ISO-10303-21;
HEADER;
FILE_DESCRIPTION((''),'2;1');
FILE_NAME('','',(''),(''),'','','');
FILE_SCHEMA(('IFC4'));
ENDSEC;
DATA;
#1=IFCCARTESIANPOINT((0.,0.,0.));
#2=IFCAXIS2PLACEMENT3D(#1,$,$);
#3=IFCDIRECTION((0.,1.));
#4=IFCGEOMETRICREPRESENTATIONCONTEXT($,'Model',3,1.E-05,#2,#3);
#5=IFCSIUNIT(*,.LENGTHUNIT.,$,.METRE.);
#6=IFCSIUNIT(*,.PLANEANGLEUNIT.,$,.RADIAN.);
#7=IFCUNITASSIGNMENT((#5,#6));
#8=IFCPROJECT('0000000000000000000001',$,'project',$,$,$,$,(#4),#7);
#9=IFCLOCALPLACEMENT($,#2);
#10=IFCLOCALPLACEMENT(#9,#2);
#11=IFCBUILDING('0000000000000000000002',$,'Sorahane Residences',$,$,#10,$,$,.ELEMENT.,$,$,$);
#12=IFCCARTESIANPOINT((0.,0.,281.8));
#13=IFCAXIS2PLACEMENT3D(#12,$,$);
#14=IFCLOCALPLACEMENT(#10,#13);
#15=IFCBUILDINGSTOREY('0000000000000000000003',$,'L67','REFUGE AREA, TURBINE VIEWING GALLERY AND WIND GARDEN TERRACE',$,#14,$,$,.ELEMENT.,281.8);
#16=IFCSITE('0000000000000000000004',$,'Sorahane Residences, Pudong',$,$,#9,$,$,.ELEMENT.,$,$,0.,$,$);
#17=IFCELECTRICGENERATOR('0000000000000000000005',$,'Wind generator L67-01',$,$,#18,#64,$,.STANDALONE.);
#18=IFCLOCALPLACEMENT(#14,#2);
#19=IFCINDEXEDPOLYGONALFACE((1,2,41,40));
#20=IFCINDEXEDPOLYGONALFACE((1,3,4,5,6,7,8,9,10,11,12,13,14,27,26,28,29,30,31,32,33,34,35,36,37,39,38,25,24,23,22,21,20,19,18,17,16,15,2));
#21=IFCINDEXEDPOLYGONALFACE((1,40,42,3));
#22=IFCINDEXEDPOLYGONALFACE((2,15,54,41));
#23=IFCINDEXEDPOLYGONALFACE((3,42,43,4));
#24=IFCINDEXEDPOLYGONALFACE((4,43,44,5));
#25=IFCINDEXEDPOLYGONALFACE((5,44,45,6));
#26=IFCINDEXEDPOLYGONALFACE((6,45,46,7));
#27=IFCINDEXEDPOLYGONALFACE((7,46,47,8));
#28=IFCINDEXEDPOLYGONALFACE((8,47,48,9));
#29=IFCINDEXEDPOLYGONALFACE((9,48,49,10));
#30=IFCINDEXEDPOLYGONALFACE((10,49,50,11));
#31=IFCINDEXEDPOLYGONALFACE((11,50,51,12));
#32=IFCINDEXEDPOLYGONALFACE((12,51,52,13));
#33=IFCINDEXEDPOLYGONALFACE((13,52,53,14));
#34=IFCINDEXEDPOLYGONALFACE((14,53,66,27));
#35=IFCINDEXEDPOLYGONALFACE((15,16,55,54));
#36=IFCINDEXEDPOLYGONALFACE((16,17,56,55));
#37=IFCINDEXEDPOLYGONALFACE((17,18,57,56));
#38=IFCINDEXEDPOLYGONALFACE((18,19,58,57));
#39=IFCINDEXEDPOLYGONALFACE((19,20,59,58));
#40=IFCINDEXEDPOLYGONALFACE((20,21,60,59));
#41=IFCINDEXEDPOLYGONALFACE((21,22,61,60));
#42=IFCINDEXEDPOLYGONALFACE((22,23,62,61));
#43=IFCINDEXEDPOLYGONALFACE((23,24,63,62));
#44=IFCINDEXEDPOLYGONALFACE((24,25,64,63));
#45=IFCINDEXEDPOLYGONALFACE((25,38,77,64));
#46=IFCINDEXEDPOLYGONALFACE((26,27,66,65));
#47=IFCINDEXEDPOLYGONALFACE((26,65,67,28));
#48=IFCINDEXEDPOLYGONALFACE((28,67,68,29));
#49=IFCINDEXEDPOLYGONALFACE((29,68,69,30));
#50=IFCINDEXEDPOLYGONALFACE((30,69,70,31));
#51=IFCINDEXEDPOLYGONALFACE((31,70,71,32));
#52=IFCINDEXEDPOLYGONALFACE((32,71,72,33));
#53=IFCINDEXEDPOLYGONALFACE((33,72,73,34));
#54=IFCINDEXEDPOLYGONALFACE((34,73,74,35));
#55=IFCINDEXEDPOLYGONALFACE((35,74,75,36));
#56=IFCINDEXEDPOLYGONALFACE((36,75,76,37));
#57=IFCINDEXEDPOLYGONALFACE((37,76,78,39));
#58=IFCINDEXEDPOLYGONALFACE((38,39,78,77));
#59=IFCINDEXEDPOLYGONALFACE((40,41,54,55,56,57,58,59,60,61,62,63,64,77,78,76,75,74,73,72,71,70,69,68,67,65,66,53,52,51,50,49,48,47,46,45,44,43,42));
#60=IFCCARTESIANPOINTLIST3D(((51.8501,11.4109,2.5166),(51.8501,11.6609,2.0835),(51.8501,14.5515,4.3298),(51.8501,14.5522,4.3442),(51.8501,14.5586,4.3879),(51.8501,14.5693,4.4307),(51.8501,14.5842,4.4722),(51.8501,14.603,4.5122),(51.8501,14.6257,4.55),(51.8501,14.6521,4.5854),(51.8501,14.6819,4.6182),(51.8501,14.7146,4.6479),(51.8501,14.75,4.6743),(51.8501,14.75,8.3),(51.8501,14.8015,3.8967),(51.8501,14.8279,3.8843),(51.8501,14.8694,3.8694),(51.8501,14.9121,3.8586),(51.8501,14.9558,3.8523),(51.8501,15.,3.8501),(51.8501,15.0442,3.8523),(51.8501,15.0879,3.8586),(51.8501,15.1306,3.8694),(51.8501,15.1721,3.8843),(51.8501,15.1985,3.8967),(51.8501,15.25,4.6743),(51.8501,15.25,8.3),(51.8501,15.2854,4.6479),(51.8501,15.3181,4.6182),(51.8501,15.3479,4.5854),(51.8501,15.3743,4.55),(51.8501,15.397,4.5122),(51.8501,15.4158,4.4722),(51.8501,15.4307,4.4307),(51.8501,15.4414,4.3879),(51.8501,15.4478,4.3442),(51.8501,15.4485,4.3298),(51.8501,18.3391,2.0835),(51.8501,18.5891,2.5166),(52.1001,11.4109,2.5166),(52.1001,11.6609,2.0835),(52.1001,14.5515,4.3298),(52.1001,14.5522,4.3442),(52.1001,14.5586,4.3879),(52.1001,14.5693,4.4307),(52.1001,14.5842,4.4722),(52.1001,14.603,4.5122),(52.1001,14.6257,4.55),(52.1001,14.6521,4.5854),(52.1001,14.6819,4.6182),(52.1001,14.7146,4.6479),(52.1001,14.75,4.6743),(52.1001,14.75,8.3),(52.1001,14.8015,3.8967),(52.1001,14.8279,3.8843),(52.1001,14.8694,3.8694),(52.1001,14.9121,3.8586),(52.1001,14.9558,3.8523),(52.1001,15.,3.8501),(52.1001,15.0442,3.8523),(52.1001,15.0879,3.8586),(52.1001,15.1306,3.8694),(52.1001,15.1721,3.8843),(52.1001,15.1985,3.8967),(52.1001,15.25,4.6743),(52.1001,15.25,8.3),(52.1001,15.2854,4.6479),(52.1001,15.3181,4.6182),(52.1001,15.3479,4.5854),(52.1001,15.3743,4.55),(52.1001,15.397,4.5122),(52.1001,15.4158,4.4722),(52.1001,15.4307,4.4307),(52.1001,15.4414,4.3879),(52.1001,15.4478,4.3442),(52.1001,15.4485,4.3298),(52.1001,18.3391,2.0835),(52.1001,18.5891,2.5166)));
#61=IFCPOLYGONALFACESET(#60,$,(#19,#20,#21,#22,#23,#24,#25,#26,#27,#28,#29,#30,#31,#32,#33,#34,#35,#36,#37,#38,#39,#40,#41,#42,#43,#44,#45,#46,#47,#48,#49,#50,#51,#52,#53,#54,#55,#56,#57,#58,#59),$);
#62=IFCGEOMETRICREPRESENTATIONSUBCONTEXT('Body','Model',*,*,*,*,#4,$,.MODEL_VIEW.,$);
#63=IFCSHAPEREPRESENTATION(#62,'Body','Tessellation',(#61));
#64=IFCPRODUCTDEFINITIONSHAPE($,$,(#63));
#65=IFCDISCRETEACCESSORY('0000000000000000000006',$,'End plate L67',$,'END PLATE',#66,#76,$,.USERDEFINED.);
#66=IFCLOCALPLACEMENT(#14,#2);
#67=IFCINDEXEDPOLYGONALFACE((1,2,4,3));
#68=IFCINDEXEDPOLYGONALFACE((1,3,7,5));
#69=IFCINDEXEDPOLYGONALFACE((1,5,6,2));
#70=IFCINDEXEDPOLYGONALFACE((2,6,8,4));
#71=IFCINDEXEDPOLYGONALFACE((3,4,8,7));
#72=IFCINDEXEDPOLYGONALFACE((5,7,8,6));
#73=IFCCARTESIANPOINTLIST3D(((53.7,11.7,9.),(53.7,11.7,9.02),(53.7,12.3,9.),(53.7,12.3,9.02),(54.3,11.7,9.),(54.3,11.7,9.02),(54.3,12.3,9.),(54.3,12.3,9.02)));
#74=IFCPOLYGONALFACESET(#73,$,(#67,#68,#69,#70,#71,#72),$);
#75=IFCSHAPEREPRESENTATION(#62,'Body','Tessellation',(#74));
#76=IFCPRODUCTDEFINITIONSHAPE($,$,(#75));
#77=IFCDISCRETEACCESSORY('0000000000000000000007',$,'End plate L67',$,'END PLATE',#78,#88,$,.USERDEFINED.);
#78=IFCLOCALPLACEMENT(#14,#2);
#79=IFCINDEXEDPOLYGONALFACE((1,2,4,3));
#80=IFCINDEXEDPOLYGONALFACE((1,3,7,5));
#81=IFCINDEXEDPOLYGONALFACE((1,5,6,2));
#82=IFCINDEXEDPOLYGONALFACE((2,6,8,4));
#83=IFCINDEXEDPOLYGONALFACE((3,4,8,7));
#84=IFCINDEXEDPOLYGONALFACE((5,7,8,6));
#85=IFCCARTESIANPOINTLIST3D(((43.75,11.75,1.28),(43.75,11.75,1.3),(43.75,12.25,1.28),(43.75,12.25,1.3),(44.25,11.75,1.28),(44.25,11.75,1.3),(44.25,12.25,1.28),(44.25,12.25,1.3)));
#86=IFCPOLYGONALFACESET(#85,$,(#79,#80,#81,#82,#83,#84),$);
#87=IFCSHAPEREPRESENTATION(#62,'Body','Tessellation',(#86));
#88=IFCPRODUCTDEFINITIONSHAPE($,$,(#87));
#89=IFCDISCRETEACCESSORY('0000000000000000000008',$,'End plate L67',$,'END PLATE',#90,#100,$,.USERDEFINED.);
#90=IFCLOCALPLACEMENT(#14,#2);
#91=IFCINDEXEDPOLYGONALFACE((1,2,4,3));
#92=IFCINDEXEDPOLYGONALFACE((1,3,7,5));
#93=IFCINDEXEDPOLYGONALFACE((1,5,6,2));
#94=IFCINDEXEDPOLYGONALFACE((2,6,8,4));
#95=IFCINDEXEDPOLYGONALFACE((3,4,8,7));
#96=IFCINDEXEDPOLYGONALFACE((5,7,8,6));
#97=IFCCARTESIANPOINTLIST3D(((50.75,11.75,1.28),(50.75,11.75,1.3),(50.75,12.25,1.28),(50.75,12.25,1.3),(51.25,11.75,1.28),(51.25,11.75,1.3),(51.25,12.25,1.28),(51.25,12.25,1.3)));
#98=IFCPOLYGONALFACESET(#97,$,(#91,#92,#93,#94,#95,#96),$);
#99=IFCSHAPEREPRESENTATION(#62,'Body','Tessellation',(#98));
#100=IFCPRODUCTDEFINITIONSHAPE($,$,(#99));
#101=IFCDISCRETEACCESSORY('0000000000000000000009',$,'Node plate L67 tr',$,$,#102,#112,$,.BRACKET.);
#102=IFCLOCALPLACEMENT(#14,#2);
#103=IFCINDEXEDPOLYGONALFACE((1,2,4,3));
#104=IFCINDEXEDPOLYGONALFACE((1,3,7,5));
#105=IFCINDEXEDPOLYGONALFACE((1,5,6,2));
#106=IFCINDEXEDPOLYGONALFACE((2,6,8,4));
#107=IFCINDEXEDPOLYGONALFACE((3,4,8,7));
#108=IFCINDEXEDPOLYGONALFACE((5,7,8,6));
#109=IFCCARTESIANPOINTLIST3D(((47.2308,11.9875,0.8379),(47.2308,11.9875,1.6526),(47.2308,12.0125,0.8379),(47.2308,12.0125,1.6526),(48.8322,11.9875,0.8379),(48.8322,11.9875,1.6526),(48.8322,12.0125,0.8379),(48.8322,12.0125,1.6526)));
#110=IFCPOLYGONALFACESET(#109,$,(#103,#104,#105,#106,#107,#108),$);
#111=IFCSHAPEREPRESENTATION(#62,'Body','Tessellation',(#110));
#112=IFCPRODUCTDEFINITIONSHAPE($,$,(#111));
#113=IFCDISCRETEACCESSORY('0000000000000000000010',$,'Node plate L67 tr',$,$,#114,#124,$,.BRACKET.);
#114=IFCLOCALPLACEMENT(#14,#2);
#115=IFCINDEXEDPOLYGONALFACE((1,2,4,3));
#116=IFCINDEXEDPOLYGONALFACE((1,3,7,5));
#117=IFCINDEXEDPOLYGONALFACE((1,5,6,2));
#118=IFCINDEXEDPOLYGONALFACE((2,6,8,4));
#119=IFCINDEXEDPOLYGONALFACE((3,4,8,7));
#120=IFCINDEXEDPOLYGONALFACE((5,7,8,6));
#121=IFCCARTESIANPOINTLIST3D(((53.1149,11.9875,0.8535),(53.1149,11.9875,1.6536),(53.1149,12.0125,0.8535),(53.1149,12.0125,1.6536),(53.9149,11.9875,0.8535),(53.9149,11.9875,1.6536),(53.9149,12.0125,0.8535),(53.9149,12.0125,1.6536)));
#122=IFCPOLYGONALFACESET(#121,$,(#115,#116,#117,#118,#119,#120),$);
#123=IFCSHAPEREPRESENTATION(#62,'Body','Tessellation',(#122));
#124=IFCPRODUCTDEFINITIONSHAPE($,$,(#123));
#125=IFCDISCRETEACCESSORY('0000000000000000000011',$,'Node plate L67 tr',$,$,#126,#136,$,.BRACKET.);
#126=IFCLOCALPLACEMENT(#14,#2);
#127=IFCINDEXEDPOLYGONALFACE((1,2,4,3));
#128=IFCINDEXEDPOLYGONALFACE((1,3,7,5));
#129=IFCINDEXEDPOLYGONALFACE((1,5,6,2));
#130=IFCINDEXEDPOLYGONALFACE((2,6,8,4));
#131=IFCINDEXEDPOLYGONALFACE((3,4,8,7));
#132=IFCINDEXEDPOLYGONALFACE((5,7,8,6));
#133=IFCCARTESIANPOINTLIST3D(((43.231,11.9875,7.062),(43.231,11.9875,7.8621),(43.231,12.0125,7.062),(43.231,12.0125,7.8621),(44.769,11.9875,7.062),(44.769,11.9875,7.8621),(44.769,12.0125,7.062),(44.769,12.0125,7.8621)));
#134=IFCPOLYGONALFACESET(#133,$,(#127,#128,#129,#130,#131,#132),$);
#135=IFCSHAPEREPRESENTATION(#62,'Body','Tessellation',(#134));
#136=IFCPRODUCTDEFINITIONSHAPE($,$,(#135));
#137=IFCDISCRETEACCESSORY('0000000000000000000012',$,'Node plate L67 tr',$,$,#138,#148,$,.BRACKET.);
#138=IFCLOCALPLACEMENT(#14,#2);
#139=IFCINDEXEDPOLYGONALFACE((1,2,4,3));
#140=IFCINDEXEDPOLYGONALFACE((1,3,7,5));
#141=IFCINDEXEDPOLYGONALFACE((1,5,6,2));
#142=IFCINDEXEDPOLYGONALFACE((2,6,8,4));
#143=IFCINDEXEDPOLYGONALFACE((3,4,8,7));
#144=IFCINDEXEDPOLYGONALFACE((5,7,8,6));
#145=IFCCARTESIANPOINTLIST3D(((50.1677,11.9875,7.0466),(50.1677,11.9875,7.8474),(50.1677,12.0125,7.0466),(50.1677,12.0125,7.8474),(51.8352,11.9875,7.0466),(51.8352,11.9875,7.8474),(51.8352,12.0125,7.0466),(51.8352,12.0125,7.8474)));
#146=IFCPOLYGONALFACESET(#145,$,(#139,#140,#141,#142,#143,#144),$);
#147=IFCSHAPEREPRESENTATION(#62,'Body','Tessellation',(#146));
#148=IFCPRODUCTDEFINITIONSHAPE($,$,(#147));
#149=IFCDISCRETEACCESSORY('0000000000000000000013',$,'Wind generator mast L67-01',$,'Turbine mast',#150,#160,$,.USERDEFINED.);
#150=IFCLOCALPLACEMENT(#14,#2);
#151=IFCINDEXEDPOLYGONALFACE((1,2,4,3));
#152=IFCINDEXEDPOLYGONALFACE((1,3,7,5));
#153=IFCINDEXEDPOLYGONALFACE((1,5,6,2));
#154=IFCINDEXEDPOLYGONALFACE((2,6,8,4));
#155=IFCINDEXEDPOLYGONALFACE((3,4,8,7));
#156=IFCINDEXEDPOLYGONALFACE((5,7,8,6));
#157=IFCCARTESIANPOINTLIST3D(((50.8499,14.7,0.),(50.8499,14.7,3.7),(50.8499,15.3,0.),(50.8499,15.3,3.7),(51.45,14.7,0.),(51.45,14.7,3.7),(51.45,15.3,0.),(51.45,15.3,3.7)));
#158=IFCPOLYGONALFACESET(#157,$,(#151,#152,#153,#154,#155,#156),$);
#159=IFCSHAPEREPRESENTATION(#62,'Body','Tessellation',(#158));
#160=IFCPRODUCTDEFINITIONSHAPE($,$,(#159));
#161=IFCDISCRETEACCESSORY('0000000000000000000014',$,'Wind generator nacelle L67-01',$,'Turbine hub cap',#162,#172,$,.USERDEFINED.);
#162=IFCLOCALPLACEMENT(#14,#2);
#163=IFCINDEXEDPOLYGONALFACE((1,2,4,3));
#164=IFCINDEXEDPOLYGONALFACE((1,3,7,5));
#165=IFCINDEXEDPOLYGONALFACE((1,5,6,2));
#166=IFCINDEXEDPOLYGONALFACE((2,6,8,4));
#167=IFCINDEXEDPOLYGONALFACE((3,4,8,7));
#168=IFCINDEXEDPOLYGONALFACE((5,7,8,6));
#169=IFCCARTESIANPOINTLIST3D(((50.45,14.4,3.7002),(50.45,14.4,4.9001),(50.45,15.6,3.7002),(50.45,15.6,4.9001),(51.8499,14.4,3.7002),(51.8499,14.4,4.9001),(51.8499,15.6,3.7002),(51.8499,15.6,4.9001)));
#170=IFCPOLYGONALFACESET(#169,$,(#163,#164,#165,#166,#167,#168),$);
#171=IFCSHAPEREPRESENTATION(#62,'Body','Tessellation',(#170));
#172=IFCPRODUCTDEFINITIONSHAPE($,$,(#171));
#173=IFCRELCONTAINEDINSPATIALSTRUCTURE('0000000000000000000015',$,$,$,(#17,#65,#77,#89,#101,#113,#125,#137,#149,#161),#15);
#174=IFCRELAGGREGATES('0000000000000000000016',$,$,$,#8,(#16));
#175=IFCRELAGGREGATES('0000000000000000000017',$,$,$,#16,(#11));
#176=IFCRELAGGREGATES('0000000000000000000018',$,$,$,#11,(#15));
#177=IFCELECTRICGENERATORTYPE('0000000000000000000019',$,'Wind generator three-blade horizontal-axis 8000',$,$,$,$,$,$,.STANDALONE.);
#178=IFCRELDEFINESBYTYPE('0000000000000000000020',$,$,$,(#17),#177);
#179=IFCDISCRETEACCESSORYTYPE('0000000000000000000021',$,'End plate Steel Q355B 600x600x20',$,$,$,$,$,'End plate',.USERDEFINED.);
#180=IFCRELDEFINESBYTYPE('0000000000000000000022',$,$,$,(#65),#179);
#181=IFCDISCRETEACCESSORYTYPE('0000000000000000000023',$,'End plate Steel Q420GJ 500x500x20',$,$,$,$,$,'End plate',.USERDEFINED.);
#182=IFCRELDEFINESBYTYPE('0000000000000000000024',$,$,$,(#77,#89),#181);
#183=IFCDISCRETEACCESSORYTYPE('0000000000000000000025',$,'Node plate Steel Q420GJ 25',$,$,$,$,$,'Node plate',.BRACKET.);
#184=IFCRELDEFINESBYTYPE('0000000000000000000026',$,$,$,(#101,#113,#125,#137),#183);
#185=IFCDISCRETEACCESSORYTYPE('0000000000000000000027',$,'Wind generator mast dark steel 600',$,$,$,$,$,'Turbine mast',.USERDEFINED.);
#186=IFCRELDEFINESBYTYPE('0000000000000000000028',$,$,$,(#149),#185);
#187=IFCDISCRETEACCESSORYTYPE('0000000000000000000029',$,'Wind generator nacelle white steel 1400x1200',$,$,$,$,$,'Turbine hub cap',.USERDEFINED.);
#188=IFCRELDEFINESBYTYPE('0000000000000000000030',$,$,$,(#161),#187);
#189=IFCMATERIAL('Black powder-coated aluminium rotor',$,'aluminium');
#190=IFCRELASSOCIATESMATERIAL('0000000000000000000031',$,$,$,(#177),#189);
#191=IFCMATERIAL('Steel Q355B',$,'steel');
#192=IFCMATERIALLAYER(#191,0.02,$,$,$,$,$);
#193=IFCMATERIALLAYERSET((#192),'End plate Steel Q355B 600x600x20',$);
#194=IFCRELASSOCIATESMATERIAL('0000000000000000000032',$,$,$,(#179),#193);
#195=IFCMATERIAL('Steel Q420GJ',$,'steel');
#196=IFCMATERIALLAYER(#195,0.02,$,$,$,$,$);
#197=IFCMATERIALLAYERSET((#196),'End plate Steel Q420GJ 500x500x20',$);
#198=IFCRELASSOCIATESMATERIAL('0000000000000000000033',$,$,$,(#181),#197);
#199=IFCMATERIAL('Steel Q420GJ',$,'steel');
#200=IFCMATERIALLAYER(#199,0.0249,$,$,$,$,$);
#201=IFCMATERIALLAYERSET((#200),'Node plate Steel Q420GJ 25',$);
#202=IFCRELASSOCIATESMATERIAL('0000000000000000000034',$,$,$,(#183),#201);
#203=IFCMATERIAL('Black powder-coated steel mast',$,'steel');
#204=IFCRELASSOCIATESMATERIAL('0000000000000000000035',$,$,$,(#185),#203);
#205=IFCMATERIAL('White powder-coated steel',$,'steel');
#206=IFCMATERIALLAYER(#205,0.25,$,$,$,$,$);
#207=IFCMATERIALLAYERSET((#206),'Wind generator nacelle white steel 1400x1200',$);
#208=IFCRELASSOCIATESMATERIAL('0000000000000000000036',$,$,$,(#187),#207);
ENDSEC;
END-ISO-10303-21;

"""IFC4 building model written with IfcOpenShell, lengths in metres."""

from ifc_helpers import new_model, si_unit, direction, frame, origin, origin_2d, place, context, subcontext, project, spatial, polyline, rectangle, outline, extrude, material, layer, layer_set, type_object, element, save


model = new_model("IFC4")

# Units and contexts
model_context = context("Model", 3, precision=1e-05, world=origin(), true_north=direction((0.0, 1.0)))
body_context = subcontext(model_context, "Body", "Model", "MODEL_VIEW")
ifc_project = project(units=[si_unit("LENGTHUNIT", "METRE"), si_unit("PLANEANGLEUNIT", "RADIAN")], contexts=[model_context])

# Site, building, storey
site_placement = place(None, origin())
site = spatial("IfcSite", under=ifc_project, at=site_placement, Name="Sorahane Residences, Pudong", CompositionType="ELEMENT", RefElevation=0.0)
building_placement = place(site_placement, origin())
building = spatial("IfcBuilding", under=site, at=building_placement, Name="Sorahane Residences", CompositionType="ELEMENT")
storey_placement = place(building_placement, frame((0.0, 0.0, 281.8)))
storey = spatial("IfcBuildingStorey", under=building, at=storey_placement, Name="L67", Description="REFUGE AREA, TURBINE VIEWING GALLERY AND WIND GARDEN TERRACE", CompositionType="ELEMENT", Elevation=281.8)

# Electric generator
ifc_material_1 = material(Name="Black powder-coated aluminium rotor", Category="aluminium")
electric_generator_type = type_object("IfcElectricGeneratorType", Name="Wind generator three-blade horizontal-axis 8000", PredefinedType="STANDALONE", material=ifc_material_1)
electric_generator_placement = place(storey_placement, frame((51.8501, 15.0, 4.3), z_axis=(1.0, 0.0, 0.0), x_axis=(0.0, 1.0, 0.0)))
element("IfcElectricGenerator", 1, at=electric_generator_placement, inside=storey, type_object=electric_generator_type, Name="Wind generator L67-01", PredefinedType="STANDALONE", context=body_context, shape_type="SweptSolid", body=[
    extrude(outline(polyline([(3.3391, -2.2166), (0.1985, -0.4033), (0.1721, -0.4158), (0.1306, -0.4307), (0.0879, -0.4414), (0.0442, -0.4478), (0.0, -0.45), (-0.0442, -0.4478), (-0.0879, -0.4414), (-0.1306, -0.4307), (-0.1721, -0.4158), (-0.1985, -0.4033), (-3.3391, -2.2166), (-3.5891, -1.7834), (-0.4485, 0.0298), (-0.4478, 0.0442), (-0.4414, 0.0879), (-0.4307, 0.1306), (-0.4158, 0.1721), (-0.397, 0.2122), (-0.3743, 0.25), (-0.3479, 0.2854), (-0.3181, 0.3181), (-0.2854, 0.3479), (-0.25, 0.3743), (-0.25, 0.3743), (-0.25, 4.0), (0.25, 4.0), (0.25, 0.3743), (0.25, 0.3743), (0.2854, 0.3479), (0.3181, 0.3181), (0.3479, 0.2854), (0.3743, 0.25), (0.397, 0.2122), (0.4158, 0.1721), (0.4307, 0.1306), (0.4414, 0.0879), (0.4478, 0.0442), (0.4485, 0.0298), (3.5891, -1.7834), (3.3391, -2.2166)])), origin(), (0.0, 0.0, 1.0), 0.25),
])

# Discrete accessories
ifc_material_2 = material(Name="Steel Q355B", Category="steel")
ifc_layer_1 = layer(ifc_material_2, 0.02)
ifc_layer_set_1 = layer_set([ifc_layer_1], Name="End plate Steel Q355B 600x600x20")
discrete_accessory_type_1 = type_object("IfcDiscreteAccessoryType", Name="End plate Steel Q355B 600x600x20", ElementType="End plate", PredefinedType="USERDEFINED", material=ifc_layer_set_1)
discrete_accessory_1_placement = place(storey_placement, frame((54.0, 12.0, 9.0), z_axis=(0.0, 0.0, 1.0), x_axis=(1.0, 0.0, 0.0)))
element("IfcDiscreteAccessory", 2, at=discrete_accessory_1_placement, inside=storey, type_object=discrete_accessory_type_1, Name="End plate L67", ObjectType="END PLATE", PredefinedType="USERDEFINED", context=body_context, shape_type="SweptSolid", body=[
    extrude(rectangle(XDim=0.6001, YDim=0.6001, at=origin_2d()), origin(), (0.0, 0.0, 1.0), 0.02),
])
ifc_material_3 = material(Name="Steel Q420GJ", Category="steel")
ifc_layer_2 = layer(ifc_material_3, 0.02)
ifc_layer_set_2 = layer_set([ifc_layer_2], Name="End plate Steel Q420GJ 500x500x20")
discrete_accessory_type_2 = type_object("IfcDiscreteAccessoryType", Name="End plate Steel Q420GJ 500x500x20", ElementType="End plate", PredefinedType="USERDEFINED", material=ifc_layer_set_2)
for number, where, z_axis, x_axis, name in (
    (3, (44.0, 12.0, 1.28), (0.0, 0.0, 1.0), (1.0, 0.0, 0.0), "End plate L67"),
    (4, (51.0, 12.0, 1.28), (0.0, 0.0, 1.0), (1.0, 0.0, 0.0), "End plate L67"),
):
    element("IfcDiscreteAccessory", number, at=place(storey_placement, frame(where, z_axis=z_axis, x_axis=x_axis)), inside=storey, type_object=discrete_accessory_type_2, Name=name, ObjectType="END PLATE", PredefinedType="USERDEFINED", context=body_context, shape_type="SweptSolid", body=[
        extrude(rectangle(XDim=0.5, YDim=0.5, at=origin_2d()), origin(), (0.0, 0.0, 1.0), 0.02),
    ])
ifc_material_4 = material(Name="Steel Q420GJ", Category="steel")
ifc_layer_3 = layer(ifc_material_4, 0.0249)
ifc_layer_set_3 = layer_set([ifc_layer_3], Name="Node plate Steel Q420GJ 25")
discrete_accessory_type_3 = type_object("IfcDiscreteAccessoryType", Name="Node plate Steel Q420GJ 25", ElementType="Node plate", PredefinedType="BRACKET", material=ifc_layer_set_3)
discrete_accessory_2_placement = place(storey_placement, frame((48.0315, 12.0, 0.8379), z_axis=(0.0, 0.0, 1.0), x_axis=(1.0, 0.0, 0.0)))
element("IfcDiscreteAccessory", 5, at=discrete_accessory_2_placement, inside=storey, type_object=discrete_accessory_type_3, Name="Node plate L67 tr", PredefinedType="BRACKET", context=body_context, shape_type="SweptSolid", body=[
    extrude(rectangle(XDim=1.6013, YDim=0.0249, at=origin_2d()), origin(), (0.0, 0.0, 1.0), 0.8147),
])
discrete_accessory_3_placement = place(storey_placement, frame((53.5149, 12.0, 0.8535), z_axis=(0.0, 0.0, 1.0), x_axis=(1.0, 0.0, 0.0)))
element("IfcDiscreteAccessory", 6, at=discrete_accessory_3_placement, inside=storey, type_object=discrete_accessory_type_3, Name="Node plate L67 tr", PredefinedType="BRACKET", context=body_context, shape_type="SweptSolid", body=[
    extrude(rectangle(XDim=0.8, YDim=0.0249, at=origin_2d()), origin(), (0.0, 0.0, 1.0), 0.8),
])
discrete_accessory_4_placement = place(storey_placement, frame((44.0, 12.0, 7.062), z_axis=(0.0, 0.0, 1.0), x_axis=(1.0, 0.0, 0.0)))
element("IfcDiscreteAccessory", 7, at=discrete_accessory_4_placement, inside=storey, type_object=discrete_accessory_type_3, Name="Node plate L67 tr", PredefinedType="BRACKET", context=body_context, shape_type="SweptSolid", body=[
    extrude(rectangle(XDim=1.5381, YDim=0.0249, at=origin_2d()), origin(), (0.0, 0.0, 1.0), 0.8),
])
discrete_accessory_5_placement = place(storey_placement, frame((51.0015, 12.0, 7.0466), z_axis=(0.0, 0.0, 1.0), x_axis=(1.0, 0.0, 0.0)))
element("IfcDiscreteAccessory", 8, at=discrete_accessory_5_placement, inside=storey, type_object=discrete_accessory_type_3, Name="Node plate L67 tr", PredefinedType="BRACKET", context=body_context, shape_type="SweptSolid", body=[
    extrude(rectangle(XDim=1.6675, YDim=0.0249, at=origin_2d()), origin(), (0.0, 0.0, 1.0), 0.8008),
])
ifc_material_5 = material(Name="Black powder-coated steel mast", Category="steel")
discrete_accessory_type_4 = type_object("IfcDiscreteAccessoryType", Name="Wind generator mast dark steel 600", ElementType="Turbine mast", PredefinedType="USERDEFINED", material=ifc_material_5)
discrete_accessory_6_placement = place(storey_placement, frame((51.1499, 15.0, 0.0), z_axis=(0.0, 0.0, 1.0), x_axis=(1.0, 0.0, 0.0)))
element("IfcDiscreteAccessory", 9, at=discrete_accessory_6_placement, inside=storey, type_object=discrete_accessory_type_4, Name="Wind generator mast L67-01", ObjectType="Turbine mast", PredefinedType="USERDEFINED", context=body_context, shape_type="SweptSolid", body=[
    extrude(rectangle(XDim=0.6001, YDim=0.6001, at=origin_2d()), origin(), (0.0, 0.0, 1.0), 3.7),
])
ifc_material_6 = material(Name="White powder-coated steel", Category="steel")
ifc_layer_4 = layer(ifc_material_6, 0.25)
ifc_layer_set_4 = layer_set([ifc_layer_4], Name="Wind generator nacelle white steel 1400x1200")
discrete_accessory_type_5 = type_object("IfcDiscreteAccessoryType", Name="Wind generator nacelle white steel 1400x1200", ElementType="Turbine hub cap", PredefinedType="USERDEFINED", material=ifc_layer_set_4)
discrete_accessory_7_placement = place(storey_placement, frame((51.1499, 15.0, 3.7002), z_axis=(0.0, 0.0, 1.0), x_axis=(1.0, 0.0, 0.0)))
element("IfcDiscreteAccessory", 10, at=discrete_accessory_7_placement, inside=storey, type_object=discrete_accessory_type_5, Name="Wind generator nacelle L67-01", ObjectType="Turbine hub cap", PredefinedType="USERDEFINED", context=body_context, shape_type="SweptSolid", body=[
    extrude(rectangle(XDim=1.3999, YDim=1.2, at=origin_2d()), origin(), (0.0, 0.0, 1.0), 1.2),
])

save(model, "model.ifc")
